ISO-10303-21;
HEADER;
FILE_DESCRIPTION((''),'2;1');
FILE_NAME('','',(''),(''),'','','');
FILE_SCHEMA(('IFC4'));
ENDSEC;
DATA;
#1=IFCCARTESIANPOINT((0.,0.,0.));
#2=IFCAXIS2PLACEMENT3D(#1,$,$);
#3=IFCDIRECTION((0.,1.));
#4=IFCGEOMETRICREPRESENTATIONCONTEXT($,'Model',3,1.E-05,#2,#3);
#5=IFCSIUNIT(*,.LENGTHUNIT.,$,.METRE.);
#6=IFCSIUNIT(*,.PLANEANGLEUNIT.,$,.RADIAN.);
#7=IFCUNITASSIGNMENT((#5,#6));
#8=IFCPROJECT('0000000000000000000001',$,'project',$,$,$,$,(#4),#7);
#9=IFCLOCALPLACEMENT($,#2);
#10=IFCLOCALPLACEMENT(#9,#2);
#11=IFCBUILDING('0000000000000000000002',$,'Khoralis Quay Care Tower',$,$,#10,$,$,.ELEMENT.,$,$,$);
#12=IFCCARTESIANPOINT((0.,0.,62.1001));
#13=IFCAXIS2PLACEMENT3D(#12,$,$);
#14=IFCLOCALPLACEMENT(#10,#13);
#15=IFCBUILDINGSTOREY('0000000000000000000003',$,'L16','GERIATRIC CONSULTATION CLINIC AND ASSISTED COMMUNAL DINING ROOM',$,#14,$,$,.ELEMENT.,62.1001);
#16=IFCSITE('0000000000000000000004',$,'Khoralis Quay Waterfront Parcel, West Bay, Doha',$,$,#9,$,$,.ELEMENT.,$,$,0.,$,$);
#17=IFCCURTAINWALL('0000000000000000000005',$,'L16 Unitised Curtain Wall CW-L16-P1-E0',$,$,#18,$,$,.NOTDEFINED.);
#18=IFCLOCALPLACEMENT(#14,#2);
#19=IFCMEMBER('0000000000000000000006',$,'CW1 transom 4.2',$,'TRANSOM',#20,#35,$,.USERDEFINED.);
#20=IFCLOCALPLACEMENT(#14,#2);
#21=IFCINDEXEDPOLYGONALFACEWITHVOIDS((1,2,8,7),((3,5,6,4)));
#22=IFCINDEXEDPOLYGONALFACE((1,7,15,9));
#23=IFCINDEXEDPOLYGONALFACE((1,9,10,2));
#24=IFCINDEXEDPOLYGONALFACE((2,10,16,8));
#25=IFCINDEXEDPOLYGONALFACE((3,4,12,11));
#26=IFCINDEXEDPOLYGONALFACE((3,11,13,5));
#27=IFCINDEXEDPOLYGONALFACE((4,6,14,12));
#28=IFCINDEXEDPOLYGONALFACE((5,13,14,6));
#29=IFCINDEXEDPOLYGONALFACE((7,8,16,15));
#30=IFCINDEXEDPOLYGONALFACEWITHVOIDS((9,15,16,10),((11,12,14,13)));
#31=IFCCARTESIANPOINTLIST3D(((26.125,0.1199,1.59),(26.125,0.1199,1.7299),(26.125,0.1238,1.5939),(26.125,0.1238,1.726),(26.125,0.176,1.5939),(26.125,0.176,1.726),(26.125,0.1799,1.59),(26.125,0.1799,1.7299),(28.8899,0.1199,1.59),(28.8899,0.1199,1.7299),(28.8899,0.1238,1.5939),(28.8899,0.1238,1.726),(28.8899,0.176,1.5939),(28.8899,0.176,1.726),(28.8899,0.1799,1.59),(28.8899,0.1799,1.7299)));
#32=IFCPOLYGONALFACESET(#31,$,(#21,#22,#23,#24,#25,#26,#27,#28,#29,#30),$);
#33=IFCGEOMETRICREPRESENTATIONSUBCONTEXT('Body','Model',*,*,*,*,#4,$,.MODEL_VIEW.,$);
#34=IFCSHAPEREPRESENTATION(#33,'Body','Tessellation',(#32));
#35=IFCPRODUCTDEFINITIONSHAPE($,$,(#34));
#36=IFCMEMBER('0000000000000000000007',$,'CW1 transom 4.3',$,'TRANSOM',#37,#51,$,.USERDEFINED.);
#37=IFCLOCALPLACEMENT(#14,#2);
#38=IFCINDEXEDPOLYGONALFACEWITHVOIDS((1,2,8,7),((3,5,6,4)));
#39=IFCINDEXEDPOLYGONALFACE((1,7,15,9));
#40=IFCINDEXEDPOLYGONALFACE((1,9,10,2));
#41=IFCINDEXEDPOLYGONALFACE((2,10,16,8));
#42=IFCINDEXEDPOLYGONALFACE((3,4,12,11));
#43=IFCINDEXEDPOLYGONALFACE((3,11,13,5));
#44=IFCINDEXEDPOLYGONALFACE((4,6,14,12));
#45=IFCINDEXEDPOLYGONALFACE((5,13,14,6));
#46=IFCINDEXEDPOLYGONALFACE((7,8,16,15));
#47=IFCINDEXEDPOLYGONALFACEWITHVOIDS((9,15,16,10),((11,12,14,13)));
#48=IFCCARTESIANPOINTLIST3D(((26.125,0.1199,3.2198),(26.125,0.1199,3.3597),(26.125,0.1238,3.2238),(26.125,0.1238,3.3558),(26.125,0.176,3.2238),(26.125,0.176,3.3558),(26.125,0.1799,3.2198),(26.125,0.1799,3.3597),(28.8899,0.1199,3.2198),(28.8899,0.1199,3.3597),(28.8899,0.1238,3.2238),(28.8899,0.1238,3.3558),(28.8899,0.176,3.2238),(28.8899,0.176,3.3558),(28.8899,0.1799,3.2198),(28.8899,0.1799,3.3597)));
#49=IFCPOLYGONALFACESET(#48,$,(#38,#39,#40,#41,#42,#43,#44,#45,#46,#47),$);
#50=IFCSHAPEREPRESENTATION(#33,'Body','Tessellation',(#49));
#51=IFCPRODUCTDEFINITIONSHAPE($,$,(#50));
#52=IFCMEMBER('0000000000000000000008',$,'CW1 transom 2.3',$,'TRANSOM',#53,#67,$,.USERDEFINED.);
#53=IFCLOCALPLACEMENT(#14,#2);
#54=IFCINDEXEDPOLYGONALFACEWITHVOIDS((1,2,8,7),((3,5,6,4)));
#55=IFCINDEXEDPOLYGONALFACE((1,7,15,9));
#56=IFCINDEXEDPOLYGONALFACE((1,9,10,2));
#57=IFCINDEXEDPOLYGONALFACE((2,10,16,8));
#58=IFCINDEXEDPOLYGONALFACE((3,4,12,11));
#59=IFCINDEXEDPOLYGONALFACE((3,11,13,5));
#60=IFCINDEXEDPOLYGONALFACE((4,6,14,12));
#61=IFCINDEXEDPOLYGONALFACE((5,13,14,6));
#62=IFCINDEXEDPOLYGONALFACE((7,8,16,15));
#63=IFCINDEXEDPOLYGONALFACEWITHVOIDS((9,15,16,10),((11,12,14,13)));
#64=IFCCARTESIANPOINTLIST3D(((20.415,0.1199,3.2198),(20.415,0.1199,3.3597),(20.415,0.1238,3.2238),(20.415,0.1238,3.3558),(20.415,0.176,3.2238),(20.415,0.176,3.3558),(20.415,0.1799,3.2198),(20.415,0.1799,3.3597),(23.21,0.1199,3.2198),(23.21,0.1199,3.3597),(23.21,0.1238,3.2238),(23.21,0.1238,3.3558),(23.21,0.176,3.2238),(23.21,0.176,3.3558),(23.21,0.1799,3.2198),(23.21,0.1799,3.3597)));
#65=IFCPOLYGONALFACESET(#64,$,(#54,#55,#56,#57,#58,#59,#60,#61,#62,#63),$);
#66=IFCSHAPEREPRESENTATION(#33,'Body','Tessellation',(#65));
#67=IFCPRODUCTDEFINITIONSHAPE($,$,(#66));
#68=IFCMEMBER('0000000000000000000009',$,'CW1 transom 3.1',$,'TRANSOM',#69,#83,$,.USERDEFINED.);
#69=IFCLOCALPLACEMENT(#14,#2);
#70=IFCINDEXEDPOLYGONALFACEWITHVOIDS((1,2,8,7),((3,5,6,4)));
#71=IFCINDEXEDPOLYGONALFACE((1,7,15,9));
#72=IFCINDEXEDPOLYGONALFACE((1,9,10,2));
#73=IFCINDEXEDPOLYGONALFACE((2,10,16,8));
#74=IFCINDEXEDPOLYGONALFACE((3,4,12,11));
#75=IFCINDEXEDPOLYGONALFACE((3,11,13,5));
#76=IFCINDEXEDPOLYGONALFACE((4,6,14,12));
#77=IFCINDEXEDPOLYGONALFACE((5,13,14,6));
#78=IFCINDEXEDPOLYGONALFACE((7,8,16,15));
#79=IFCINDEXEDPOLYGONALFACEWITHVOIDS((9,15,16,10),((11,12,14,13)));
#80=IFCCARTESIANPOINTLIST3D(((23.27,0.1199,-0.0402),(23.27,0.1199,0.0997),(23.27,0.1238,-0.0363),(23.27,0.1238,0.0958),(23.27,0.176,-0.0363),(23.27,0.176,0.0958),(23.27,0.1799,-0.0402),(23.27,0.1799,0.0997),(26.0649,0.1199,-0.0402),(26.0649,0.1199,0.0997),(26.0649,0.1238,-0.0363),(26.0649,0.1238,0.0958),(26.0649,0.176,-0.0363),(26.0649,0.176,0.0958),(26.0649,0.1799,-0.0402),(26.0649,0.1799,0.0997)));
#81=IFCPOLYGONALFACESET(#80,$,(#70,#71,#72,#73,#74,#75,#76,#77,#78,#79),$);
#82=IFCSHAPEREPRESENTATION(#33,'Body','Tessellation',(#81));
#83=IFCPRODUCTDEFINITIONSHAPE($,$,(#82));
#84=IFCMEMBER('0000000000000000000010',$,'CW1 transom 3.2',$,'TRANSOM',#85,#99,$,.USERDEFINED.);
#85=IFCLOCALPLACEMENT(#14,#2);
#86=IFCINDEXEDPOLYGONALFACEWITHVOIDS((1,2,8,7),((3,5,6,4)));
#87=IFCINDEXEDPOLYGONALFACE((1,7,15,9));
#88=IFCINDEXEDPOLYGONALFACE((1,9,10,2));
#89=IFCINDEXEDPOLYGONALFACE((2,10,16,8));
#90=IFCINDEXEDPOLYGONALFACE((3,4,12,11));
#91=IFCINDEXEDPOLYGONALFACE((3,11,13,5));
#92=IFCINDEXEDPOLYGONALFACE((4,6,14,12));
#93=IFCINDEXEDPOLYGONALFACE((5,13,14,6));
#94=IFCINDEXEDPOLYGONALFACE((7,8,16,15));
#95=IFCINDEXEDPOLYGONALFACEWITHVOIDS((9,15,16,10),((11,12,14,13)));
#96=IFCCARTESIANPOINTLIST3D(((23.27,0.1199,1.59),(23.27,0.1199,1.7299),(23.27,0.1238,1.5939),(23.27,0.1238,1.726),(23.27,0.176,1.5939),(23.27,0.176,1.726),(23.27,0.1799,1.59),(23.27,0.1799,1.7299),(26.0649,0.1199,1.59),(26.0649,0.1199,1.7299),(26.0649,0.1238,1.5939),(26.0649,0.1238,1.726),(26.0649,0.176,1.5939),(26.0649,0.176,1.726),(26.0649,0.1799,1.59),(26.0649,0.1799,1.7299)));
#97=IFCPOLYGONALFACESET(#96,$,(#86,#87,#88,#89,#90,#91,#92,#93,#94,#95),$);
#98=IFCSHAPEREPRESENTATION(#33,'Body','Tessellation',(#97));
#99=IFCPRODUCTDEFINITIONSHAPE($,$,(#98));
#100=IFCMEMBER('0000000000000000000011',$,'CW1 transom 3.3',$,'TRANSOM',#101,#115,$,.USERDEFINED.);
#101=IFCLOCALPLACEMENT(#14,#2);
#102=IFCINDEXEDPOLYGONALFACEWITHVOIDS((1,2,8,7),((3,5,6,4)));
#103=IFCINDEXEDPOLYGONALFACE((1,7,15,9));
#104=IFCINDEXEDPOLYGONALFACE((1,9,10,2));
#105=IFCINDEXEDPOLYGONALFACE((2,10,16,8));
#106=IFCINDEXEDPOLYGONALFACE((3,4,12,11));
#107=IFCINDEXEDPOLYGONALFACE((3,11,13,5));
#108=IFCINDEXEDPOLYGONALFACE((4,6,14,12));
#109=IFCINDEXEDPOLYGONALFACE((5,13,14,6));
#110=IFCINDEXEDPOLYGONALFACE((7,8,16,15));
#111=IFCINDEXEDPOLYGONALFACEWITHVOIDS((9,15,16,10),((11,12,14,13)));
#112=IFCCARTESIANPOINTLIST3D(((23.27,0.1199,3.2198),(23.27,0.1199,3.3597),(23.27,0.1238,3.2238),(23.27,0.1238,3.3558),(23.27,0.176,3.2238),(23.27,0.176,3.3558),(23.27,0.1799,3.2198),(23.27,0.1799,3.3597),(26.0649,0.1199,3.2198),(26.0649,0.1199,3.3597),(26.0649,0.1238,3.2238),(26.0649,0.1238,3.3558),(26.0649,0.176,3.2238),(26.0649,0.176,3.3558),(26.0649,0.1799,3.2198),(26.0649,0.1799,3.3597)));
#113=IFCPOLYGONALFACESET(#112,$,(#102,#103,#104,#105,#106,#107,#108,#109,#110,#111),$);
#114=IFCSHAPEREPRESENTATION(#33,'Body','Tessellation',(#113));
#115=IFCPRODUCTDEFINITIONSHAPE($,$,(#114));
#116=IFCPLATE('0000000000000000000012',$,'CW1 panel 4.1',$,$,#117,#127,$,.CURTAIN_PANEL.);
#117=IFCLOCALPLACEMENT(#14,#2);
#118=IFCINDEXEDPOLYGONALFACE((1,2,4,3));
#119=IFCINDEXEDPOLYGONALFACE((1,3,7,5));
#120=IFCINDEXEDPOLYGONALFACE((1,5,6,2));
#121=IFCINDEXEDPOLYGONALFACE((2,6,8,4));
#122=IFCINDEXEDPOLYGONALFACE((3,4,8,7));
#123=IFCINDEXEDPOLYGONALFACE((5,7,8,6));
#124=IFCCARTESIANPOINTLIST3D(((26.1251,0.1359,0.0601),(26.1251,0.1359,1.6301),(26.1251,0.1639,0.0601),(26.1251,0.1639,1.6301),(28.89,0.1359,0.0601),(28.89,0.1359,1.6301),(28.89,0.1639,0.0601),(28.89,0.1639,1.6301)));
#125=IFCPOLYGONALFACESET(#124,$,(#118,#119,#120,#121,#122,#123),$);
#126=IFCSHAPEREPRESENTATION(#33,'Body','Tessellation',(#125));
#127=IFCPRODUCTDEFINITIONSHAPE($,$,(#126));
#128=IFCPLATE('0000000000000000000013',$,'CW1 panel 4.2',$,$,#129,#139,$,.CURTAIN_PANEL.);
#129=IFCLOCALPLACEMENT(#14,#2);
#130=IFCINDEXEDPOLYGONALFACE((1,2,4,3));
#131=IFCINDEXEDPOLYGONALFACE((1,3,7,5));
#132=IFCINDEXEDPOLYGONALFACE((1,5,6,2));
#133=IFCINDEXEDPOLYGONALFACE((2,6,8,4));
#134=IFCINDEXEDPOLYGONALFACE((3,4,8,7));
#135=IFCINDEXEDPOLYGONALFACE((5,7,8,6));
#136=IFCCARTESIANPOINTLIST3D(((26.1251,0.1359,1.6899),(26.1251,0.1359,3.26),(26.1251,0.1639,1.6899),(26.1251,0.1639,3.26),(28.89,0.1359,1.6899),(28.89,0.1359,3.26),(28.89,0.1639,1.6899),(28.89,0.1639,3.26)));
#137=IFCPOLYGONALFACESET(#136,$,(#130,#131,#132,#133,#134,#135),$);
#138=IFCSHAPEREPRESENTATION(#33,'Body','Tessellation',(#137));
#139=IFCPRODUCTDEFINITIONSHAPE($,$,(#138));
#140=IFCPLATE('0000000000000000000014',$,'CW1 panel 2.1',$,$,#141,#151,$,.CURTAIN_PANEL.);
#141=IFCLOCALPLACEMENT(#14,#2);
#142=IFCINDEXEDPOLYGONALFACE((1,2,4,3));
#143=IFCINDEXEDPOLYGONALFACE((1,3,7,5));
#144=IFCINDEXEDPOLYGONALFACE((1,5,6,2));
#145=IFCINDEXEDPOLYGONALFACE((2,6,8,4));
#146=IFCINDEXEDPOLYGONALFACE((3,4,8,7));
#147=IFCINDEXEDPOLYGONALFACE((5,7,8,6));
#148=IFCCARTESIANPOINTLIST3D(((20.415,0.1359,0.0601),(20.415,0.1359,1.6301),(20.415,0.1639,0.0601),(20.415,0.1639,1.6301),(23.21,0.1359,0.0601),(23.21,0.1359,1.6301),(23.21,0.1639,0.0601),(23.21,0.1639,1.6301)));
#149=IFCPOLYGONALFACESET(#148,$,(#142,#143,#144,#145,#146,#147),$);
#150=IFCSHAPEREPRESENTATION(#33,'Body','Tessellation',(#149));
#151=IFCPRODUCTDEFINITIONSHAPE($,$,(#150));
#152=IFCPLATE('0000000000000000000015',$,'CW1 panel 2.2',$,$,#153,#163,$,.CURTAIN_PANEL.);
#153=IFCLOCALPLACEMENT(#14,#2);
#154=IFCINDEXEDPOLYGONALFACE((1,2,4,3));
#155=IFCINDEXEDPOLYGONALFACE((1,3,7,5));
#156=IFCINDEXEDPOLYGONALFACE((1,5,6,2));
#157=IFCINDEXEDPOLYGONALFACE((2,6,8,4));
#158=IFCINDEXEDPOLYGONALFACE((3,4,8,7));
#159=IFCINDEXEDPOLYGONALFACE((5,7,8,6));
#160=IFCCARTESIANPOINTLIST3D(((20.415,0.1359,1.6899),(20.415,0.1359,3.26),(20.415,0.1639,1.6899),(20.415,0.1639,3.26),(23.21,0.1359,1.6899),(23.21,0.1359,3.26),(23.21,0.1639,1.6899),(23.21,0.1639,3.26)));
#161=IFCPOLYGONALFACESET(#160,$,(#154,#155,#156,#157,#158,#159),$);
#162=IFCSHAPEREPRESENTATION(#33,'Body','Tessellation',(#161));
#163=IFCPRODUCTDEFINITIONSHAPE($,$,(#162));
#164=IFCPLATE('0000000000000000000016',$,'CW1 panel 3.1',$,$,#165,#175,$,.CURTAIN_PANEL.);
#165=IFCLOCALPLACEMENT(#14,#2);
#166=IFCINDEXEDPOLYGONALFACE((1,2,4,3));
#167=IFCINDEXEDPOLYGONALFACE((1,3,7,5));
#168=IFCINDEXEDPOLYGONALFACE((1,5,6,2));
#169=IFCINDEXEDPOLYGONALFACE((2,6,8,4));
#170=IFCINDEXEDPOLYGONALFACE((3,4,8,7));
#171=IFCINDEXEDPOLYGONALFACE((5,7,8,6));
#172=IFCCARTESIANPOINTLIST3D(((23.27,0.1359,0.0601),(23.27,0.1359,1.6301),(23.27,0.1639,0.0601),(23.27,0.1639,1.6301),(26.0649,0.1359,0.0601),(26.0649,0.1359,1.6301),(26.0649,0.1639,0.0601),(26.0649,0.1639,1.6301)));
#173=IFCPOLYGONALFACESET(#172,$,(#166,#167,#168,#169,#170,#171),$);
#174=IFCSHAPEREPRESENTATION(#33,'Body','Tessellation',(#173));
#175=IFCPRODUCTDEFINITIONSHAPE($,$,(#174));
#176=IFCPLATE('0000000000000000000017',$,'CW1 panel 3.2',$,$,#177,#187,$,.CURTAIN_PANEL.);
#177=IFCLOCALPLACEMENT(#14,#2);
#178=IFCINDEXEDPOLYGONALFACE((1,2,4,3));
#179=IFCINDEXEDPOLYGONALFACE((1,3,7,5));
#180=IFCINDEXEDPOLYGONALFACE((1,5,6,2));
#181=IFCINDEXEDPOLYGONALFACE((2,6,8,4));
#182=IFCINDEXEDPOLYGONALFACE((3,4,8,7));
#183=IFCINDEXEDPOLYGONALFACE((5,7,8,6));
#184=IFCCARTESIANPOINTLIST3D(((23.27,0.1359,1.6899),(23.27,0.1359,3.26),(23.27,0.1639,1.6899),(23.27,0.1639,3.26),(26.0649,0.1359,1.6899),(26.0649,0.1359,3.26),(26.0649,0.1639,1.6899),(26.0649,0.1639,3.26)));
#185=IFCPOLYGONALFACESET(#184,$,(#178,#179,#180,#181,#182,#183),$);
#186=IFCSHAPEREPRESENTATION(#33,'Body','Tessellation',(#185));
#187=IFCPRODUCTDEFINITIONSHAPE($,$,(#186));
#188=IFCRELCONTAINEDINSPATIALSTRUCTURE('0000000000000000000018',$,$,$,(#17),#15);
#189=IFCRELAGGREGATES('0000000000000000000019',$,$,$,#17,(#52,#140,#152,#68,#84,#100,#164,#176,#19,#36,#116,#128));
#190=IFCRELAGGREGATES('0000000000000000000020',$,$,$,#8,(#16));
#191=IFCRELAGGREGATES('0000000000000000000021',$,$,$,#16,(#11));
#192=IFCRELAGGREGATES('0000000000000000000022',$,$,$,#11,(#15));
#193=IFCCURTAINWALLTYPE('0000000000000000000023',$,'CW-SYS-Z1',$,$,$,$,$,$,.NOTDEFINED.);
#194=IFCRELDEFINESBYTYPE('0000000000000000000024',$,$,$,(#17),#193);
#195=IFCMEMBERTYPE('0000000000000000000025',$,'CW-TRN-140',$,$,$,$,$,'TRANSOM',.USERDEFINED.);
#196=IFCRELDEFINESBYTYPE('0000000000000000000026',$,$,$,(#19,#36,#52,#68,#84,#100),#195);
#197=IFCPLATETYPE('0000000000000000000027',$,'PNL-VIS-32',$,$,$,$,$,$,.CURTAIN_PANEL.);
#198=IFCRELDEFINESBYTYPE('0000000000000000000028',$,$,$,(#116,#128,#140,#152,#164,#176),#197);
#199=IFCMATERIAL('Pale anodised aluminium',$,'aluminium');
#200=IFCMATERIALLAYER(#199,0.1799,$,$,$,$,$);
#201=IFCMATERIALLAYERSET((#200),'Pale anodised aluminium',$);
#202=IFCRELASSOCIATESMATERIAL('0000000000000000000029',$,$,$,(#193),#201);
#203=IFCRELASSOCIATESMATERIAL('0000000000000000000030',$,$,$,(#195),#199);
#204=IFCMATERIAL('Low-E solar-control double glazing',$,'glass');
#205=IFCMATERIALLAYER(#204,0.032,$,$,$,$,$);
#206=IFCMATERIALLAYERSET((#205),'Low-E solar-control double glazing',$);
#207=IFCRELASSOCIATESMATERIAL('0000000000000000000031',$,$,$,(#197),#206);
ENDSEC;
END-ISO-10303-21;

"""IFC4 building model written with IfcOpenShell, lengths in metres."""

from ifc_helpers import new_model, si_unit, direction, frame, origin, origin_2d, place, context, subcontext, project, spatial, rectangle, hollow_rectangle, extrude, source, transform, mapped, material, layer, layer_set, material_profile, profile_set, type_object, element, aggregate, save


model = new_model("IFC4")

# Units and contexts
model_context = context("Model", 3, precision=1e-05, world=origin(), true_north=direction((0.0, 1.0)))
body_context = subcontext(model_context, "Body", "Model", "MODEL_VIEW")
ifc_project = project(units=[si_unit("LENGTHUNIT", "METRE"), si_unit("PLANEANGLEUNIT", "RADIAN")], contexts=[model_context])

# Site, building, storey
site_placement = place(None, origin())
site = spatial("IfcSite", under=ifc_project, at=site_placement, Name="Khoralis Quay Waterfront Parcel, West Bay, Doha", CompositionType="ELEMENT", RefElevation=0.0)
building_placement = place(site_placement, origin())
building = spatial("IfcBuilding", under=site, at=building_placement, Name="Khoralis Quay Care Tower", CompositionType="ELEMENT")
storey_placement = place(building_placement, frame((0.0, 0.0, 62.1001)))
storey = spatial("IfcBuildingStorey", under=building, at=storey_placement, Name="L16", Description="GERIATRIC CONSULTATION CLINIC AND ASSISTED COMMUNAL DINING ROOM", CompositionType="ELEMENT", Elevation=62.1001)

# Curtain wall, members, plates
ifc_material_1 = material(Name="Pale anodised aluminium", Category="aluminium")
ifc_layer_1 = layer(ifc_material_1, 0.1799)
ifc_layer_set_1 = layer_set([ifc_layer_1], Name="Pale anodised aluminium")
curtain_wall_type = type_object("IfcCurtainWallType", Name="CW-SYS-Z1", PredefinedType="NOTDEFINED", material=ifc_layer_set_1)
curtain_wall_placement = place(storey_placement, origin())
curtain_wall = element("IfcCurtainWall", 1, at=curtain_wall_placement, inside=storey, type_object=curtain_wall_type, Name="L16 Unitised Curtain Wall CW-L16-P1-E0", PredefinedType="NOTDEFINED")
ifc_material_profile_1 = material_profile(ifc_material_1, hollow_rectangle(XDim=0.0601, YDim=0.1399, WallThickness=0.0039, at=origin_2d()), Name="Pale anodised aluminium")
ifc_profile_set_1 = profile_set([ifc_material_profile_1], Name="Pale anodised aluminium")
member_type_1 = type_object("IfcMemberType", Name="CW-TRN-140", ElementType="TRANSOM", PredefinedType="USERDEFINED", material=ifc_profile_set_1)
shared_shape_1 = source(origin(), body_context, "Body", "SweptSolid", [
    extrude(hollow_rectangle(XDim=0.0601, YDim=0.1399, WallThickness=0.0039, at=origin_2d()), origin(), (0.0, 0.0, 1.0), 2.7649),
])
member_1_placement = place(storey_placement, frame((26.125, 0.1499, 1.6599), z_axis=(1.0, 0.0, 0.0), x_axis=(0.0, 1.0, 0.0)))
member_1 = element("IfcMember", 2, at=member_1_placement, type_object=member_type_1, Name="CW1 transom 4.2", ObjectType="TRANSOM", PredefinedType="USERDEFINED", context=body_context, shape_type="MappedRepresentation", body=[
    mapped(shared_shape_1, transform((0.0, 0.0, 0.0), scale=1.0)),
])
member_2_placement = place(storey_placement, frame((26.125, 0.1499, 3.2898), z_axis=(1.0, 0.0, 0.0), x_axis=(0.0, 1.0, 0.0)))
member_2 = element("IfcMember", 3, at=member_2_placement, type_object=member_type_1, Name="CW1 transom 4.3", ObjectType="TRANSOM", PredefinedType="USERDEFINED", context=body_context, shape_type="MappedRepresentation", body=[
    mapped(shared_shape_1, transform((0.0, 0.0, 0.0), scale=1.0)),
])
shared_shape_2 = source(origin(), body_context, "Body", "SweptSolid", [
    extrude(hollow_rectangle(XDim=0.0601, YDim=0.1399, WallThickness=0.0039, at=origin_2d()), origin(), (0.0, 0.0, 1.0), 2.7949),
])
member_3_placement = place(storey_placement, frame((20.415, 0.1499, 3.2898), z_axis=(1.0, 0.0, 0.0), x_axis=(0.0, 1.0, 0.0)))
member_3 = element("IfcMember", 4, at=member_3_placement, type_object=member_type_1, Name="CW1 transom 2.3", ObjectType="TRANSOM", PredefinedType="USERDEFINED", context=body_context, shape_type="MappedRepresentation", body=[
    mapped(shared_shape_2, transform((0.0, 0.0, 0.0), scale=1.0)),
])
member_4_placement = place(storey_placement, frame((23.27, 0.1499, 0.0298), z_axis=(1.0, 0.0, 0.0), x_axis=(0.0, 1.0, 0.0)))
member_4 = element("IfcMember", 5, at=member_4_placement, type_object=member_type_1, Name="CW1 transom 3.1", ObjectType="TRANSOM", PredefinedType="USERDEFINED", context=body_context, shape_type="MappedRepresentation", body=[
    mapped(shared_shape_2, transform((0.0, 0.0, 0.0), scale=1.0)),
])
member_5_placement = place(storey_placement, frame((23.27, 0.1499, 1.6599), z_axis=(1.0, 0.0, 0.0), x_axis=(0.0, 1.0, 0.0)))
member_5 = element("IfcMember", 6, at=member_5_placement, type_object=member_type_1, Name="CW1 transom 3.2", ObjectType="TRANSOM", PredefinedType="USERDEFINED", context=body_context, shape_type="MappedRepresentation", body=[
    mapped(shared_shape_2, transform((0.0, 0.0, 0.0), scale=1.0)),
])
member_6_placement = place(storey_placement, frame((23.27, 0.1499, 3.2898), z_axis=(1.0, 0.0, 0.0), x_axis=(0.0, 1.0, 0.0)))
member_6 = element("IfcMember", 7, at=member_6_placement, type_object=member_type_1, Name="CW1 transom 3.3", ObjectType="TRANSOM", PredefinedType="USERDEFINED", context=body_context, shape_type="MappedRepresentation", body=[
    mapped(shared_shape_2, transform((0.0, 0.0, 0.0), scale=1.0)),
])
ifc_material_2 = material(Name="Low-E solar-control double glazing", Category="glass")
ifc_layer_2 = layer(ifc_material_2, 0.032)
ifc_layer_set_2 = layer_set([ifc_layer_2], Name="Low-E solar-control double glazing")
plate_type = type_object("IfcPlateType", Name="PNL-VIS-32", PredefinedType="CURTAIN_PANEL", material=ifc_layer_set_2)
shared_shape_3 = source(origin(), body_context, "Body", "SweptSolid", [
    extrude(rectangle(XDim=2.7649, YDim=0.0281, at=origin_2d()), origin(), (0.0, 0.0, 1.0), 1.5701),
])
plate_1_placement = place(storey_placement, frame((27.5076, 0.1499, 0.0601), z_axis=(0.0, 0.0, 1.0), x_axis=(1.0, 0.0, 0.0)))
plate_1 = element("IfcPlate", 8, at=plate_1_placement, type_object=plate_type, Name="CW1 panel 4.1", PredefinedType="CURTAIN_PANEL", context=body_context, shape_type="MappedRepresentation", body=[
    mapped(shared_shape_3, transform((0.0, 0.0, 0.0), scale=1.0)),
])
plate_2_placement = place(storey_placement, frame((27.5076, 0.1499, 1.6899), z_axis=(0.0, 0.0, 1.0), x_axis=(1.0, 0.0, 0.0)))
plate_2 = element("IfcPlate", 9, at=plate_2_placement, type_object=plate_type, Name="CW1 panel 4.2", PredefinedType="CURTAIN_PANEL", context=body_context, shape_type="MappedRepresentation", body=[
    mapped(shared_shape_3, transform((0.0, 0.0, 0.0), scale=1.0)),
])
shared_shape_4 = source(origin(), body_context, "Body", "SweptSolid", [
    extrude(rectangle(XDim=2.7949, YDim=0.0281, at=origin_2d()), origin(), (0.0, 0.0, 1.0), 1.5701),
])
plate_3_placement = place(storey_placement, frame((21.8125, 0.1499, 0.0601), z_axis=(0.0, 0.0, 1.0), x_axis=(1.0, 0.0, 0.0)))
plate_3 = element("IfcPlate", 10, at=plate_3_placement, type_object=plate_type, Name="CW1 panel 2.1", PredefinedType="CURTAIN_PANEL", context=body_context, shape_type="MappedRepresentation", body=[
    mapped(shared_shape_4, transform((0.0, 0.0, 0.0), scale=1.0)),
])
plate_4_placement = place(storey_placement, frame((21.8125, 0.1499, 1.6899), z_axis=(0.0, 0.0, 1.0), x_axis=(1.0, 0.0, 0.0)))
plate_4 = element("IfcPlate", 11, at=plate_4_placement, type_object=plate_type, Name="CW1 panel 2.2", PredefinedType="CURTAIN_PANEL", context=body_context, shape_type="MappedRepresentation", body=[
    mapped(shared_shape_4, transform((0.0, 0.0, 0.0), scale=1.0)),
])
plate_5_placement = place(storey_placement, frame((24.6675, 0.1499, 0.0601), z_axis=(0.0, 0.0, 1.0), x_axis=(1.0, 0.0, 0.0)))
plate_5 = element("IfcPlate", 12, at=plate_5_placement, type_object=plate_type, Name="CW1 panel 3.1", PredefinedType="CURTAIN_PANEL", context=body_context, shape_type="MappedRepresentation", body=[
    mapped(shared_shape_4, transform((0.0, 0.0, 0.0), scale=1.0)),
])
plate_6_placement = place(storey_placement, frame((24.6675, 0.1499, 1.6899), z_axis=(0.0, 0.0, 1.0), x_axis=(1.0, 0.0, 0.0)))
plate_6 = element("IfcPlate", 13, at=plate_6_placement, type_object=plate_type, Name="CW1 panel 3.2", PredefinedType="CURTAIN_PANEL", context=body_context, shape_type="MappedRepresentation", body=[
    mapped(shared_shape_4, transform((0.0, 0.0, 0.0), scale=1.0)),
])
aggregate(curtain_wall, [member_3, plate_3, plate_4, member_4, member_5, member_6, plate_5, plate_6, member_1, member_2, plate_1, plate_2])

save(model, "model.ifc")
